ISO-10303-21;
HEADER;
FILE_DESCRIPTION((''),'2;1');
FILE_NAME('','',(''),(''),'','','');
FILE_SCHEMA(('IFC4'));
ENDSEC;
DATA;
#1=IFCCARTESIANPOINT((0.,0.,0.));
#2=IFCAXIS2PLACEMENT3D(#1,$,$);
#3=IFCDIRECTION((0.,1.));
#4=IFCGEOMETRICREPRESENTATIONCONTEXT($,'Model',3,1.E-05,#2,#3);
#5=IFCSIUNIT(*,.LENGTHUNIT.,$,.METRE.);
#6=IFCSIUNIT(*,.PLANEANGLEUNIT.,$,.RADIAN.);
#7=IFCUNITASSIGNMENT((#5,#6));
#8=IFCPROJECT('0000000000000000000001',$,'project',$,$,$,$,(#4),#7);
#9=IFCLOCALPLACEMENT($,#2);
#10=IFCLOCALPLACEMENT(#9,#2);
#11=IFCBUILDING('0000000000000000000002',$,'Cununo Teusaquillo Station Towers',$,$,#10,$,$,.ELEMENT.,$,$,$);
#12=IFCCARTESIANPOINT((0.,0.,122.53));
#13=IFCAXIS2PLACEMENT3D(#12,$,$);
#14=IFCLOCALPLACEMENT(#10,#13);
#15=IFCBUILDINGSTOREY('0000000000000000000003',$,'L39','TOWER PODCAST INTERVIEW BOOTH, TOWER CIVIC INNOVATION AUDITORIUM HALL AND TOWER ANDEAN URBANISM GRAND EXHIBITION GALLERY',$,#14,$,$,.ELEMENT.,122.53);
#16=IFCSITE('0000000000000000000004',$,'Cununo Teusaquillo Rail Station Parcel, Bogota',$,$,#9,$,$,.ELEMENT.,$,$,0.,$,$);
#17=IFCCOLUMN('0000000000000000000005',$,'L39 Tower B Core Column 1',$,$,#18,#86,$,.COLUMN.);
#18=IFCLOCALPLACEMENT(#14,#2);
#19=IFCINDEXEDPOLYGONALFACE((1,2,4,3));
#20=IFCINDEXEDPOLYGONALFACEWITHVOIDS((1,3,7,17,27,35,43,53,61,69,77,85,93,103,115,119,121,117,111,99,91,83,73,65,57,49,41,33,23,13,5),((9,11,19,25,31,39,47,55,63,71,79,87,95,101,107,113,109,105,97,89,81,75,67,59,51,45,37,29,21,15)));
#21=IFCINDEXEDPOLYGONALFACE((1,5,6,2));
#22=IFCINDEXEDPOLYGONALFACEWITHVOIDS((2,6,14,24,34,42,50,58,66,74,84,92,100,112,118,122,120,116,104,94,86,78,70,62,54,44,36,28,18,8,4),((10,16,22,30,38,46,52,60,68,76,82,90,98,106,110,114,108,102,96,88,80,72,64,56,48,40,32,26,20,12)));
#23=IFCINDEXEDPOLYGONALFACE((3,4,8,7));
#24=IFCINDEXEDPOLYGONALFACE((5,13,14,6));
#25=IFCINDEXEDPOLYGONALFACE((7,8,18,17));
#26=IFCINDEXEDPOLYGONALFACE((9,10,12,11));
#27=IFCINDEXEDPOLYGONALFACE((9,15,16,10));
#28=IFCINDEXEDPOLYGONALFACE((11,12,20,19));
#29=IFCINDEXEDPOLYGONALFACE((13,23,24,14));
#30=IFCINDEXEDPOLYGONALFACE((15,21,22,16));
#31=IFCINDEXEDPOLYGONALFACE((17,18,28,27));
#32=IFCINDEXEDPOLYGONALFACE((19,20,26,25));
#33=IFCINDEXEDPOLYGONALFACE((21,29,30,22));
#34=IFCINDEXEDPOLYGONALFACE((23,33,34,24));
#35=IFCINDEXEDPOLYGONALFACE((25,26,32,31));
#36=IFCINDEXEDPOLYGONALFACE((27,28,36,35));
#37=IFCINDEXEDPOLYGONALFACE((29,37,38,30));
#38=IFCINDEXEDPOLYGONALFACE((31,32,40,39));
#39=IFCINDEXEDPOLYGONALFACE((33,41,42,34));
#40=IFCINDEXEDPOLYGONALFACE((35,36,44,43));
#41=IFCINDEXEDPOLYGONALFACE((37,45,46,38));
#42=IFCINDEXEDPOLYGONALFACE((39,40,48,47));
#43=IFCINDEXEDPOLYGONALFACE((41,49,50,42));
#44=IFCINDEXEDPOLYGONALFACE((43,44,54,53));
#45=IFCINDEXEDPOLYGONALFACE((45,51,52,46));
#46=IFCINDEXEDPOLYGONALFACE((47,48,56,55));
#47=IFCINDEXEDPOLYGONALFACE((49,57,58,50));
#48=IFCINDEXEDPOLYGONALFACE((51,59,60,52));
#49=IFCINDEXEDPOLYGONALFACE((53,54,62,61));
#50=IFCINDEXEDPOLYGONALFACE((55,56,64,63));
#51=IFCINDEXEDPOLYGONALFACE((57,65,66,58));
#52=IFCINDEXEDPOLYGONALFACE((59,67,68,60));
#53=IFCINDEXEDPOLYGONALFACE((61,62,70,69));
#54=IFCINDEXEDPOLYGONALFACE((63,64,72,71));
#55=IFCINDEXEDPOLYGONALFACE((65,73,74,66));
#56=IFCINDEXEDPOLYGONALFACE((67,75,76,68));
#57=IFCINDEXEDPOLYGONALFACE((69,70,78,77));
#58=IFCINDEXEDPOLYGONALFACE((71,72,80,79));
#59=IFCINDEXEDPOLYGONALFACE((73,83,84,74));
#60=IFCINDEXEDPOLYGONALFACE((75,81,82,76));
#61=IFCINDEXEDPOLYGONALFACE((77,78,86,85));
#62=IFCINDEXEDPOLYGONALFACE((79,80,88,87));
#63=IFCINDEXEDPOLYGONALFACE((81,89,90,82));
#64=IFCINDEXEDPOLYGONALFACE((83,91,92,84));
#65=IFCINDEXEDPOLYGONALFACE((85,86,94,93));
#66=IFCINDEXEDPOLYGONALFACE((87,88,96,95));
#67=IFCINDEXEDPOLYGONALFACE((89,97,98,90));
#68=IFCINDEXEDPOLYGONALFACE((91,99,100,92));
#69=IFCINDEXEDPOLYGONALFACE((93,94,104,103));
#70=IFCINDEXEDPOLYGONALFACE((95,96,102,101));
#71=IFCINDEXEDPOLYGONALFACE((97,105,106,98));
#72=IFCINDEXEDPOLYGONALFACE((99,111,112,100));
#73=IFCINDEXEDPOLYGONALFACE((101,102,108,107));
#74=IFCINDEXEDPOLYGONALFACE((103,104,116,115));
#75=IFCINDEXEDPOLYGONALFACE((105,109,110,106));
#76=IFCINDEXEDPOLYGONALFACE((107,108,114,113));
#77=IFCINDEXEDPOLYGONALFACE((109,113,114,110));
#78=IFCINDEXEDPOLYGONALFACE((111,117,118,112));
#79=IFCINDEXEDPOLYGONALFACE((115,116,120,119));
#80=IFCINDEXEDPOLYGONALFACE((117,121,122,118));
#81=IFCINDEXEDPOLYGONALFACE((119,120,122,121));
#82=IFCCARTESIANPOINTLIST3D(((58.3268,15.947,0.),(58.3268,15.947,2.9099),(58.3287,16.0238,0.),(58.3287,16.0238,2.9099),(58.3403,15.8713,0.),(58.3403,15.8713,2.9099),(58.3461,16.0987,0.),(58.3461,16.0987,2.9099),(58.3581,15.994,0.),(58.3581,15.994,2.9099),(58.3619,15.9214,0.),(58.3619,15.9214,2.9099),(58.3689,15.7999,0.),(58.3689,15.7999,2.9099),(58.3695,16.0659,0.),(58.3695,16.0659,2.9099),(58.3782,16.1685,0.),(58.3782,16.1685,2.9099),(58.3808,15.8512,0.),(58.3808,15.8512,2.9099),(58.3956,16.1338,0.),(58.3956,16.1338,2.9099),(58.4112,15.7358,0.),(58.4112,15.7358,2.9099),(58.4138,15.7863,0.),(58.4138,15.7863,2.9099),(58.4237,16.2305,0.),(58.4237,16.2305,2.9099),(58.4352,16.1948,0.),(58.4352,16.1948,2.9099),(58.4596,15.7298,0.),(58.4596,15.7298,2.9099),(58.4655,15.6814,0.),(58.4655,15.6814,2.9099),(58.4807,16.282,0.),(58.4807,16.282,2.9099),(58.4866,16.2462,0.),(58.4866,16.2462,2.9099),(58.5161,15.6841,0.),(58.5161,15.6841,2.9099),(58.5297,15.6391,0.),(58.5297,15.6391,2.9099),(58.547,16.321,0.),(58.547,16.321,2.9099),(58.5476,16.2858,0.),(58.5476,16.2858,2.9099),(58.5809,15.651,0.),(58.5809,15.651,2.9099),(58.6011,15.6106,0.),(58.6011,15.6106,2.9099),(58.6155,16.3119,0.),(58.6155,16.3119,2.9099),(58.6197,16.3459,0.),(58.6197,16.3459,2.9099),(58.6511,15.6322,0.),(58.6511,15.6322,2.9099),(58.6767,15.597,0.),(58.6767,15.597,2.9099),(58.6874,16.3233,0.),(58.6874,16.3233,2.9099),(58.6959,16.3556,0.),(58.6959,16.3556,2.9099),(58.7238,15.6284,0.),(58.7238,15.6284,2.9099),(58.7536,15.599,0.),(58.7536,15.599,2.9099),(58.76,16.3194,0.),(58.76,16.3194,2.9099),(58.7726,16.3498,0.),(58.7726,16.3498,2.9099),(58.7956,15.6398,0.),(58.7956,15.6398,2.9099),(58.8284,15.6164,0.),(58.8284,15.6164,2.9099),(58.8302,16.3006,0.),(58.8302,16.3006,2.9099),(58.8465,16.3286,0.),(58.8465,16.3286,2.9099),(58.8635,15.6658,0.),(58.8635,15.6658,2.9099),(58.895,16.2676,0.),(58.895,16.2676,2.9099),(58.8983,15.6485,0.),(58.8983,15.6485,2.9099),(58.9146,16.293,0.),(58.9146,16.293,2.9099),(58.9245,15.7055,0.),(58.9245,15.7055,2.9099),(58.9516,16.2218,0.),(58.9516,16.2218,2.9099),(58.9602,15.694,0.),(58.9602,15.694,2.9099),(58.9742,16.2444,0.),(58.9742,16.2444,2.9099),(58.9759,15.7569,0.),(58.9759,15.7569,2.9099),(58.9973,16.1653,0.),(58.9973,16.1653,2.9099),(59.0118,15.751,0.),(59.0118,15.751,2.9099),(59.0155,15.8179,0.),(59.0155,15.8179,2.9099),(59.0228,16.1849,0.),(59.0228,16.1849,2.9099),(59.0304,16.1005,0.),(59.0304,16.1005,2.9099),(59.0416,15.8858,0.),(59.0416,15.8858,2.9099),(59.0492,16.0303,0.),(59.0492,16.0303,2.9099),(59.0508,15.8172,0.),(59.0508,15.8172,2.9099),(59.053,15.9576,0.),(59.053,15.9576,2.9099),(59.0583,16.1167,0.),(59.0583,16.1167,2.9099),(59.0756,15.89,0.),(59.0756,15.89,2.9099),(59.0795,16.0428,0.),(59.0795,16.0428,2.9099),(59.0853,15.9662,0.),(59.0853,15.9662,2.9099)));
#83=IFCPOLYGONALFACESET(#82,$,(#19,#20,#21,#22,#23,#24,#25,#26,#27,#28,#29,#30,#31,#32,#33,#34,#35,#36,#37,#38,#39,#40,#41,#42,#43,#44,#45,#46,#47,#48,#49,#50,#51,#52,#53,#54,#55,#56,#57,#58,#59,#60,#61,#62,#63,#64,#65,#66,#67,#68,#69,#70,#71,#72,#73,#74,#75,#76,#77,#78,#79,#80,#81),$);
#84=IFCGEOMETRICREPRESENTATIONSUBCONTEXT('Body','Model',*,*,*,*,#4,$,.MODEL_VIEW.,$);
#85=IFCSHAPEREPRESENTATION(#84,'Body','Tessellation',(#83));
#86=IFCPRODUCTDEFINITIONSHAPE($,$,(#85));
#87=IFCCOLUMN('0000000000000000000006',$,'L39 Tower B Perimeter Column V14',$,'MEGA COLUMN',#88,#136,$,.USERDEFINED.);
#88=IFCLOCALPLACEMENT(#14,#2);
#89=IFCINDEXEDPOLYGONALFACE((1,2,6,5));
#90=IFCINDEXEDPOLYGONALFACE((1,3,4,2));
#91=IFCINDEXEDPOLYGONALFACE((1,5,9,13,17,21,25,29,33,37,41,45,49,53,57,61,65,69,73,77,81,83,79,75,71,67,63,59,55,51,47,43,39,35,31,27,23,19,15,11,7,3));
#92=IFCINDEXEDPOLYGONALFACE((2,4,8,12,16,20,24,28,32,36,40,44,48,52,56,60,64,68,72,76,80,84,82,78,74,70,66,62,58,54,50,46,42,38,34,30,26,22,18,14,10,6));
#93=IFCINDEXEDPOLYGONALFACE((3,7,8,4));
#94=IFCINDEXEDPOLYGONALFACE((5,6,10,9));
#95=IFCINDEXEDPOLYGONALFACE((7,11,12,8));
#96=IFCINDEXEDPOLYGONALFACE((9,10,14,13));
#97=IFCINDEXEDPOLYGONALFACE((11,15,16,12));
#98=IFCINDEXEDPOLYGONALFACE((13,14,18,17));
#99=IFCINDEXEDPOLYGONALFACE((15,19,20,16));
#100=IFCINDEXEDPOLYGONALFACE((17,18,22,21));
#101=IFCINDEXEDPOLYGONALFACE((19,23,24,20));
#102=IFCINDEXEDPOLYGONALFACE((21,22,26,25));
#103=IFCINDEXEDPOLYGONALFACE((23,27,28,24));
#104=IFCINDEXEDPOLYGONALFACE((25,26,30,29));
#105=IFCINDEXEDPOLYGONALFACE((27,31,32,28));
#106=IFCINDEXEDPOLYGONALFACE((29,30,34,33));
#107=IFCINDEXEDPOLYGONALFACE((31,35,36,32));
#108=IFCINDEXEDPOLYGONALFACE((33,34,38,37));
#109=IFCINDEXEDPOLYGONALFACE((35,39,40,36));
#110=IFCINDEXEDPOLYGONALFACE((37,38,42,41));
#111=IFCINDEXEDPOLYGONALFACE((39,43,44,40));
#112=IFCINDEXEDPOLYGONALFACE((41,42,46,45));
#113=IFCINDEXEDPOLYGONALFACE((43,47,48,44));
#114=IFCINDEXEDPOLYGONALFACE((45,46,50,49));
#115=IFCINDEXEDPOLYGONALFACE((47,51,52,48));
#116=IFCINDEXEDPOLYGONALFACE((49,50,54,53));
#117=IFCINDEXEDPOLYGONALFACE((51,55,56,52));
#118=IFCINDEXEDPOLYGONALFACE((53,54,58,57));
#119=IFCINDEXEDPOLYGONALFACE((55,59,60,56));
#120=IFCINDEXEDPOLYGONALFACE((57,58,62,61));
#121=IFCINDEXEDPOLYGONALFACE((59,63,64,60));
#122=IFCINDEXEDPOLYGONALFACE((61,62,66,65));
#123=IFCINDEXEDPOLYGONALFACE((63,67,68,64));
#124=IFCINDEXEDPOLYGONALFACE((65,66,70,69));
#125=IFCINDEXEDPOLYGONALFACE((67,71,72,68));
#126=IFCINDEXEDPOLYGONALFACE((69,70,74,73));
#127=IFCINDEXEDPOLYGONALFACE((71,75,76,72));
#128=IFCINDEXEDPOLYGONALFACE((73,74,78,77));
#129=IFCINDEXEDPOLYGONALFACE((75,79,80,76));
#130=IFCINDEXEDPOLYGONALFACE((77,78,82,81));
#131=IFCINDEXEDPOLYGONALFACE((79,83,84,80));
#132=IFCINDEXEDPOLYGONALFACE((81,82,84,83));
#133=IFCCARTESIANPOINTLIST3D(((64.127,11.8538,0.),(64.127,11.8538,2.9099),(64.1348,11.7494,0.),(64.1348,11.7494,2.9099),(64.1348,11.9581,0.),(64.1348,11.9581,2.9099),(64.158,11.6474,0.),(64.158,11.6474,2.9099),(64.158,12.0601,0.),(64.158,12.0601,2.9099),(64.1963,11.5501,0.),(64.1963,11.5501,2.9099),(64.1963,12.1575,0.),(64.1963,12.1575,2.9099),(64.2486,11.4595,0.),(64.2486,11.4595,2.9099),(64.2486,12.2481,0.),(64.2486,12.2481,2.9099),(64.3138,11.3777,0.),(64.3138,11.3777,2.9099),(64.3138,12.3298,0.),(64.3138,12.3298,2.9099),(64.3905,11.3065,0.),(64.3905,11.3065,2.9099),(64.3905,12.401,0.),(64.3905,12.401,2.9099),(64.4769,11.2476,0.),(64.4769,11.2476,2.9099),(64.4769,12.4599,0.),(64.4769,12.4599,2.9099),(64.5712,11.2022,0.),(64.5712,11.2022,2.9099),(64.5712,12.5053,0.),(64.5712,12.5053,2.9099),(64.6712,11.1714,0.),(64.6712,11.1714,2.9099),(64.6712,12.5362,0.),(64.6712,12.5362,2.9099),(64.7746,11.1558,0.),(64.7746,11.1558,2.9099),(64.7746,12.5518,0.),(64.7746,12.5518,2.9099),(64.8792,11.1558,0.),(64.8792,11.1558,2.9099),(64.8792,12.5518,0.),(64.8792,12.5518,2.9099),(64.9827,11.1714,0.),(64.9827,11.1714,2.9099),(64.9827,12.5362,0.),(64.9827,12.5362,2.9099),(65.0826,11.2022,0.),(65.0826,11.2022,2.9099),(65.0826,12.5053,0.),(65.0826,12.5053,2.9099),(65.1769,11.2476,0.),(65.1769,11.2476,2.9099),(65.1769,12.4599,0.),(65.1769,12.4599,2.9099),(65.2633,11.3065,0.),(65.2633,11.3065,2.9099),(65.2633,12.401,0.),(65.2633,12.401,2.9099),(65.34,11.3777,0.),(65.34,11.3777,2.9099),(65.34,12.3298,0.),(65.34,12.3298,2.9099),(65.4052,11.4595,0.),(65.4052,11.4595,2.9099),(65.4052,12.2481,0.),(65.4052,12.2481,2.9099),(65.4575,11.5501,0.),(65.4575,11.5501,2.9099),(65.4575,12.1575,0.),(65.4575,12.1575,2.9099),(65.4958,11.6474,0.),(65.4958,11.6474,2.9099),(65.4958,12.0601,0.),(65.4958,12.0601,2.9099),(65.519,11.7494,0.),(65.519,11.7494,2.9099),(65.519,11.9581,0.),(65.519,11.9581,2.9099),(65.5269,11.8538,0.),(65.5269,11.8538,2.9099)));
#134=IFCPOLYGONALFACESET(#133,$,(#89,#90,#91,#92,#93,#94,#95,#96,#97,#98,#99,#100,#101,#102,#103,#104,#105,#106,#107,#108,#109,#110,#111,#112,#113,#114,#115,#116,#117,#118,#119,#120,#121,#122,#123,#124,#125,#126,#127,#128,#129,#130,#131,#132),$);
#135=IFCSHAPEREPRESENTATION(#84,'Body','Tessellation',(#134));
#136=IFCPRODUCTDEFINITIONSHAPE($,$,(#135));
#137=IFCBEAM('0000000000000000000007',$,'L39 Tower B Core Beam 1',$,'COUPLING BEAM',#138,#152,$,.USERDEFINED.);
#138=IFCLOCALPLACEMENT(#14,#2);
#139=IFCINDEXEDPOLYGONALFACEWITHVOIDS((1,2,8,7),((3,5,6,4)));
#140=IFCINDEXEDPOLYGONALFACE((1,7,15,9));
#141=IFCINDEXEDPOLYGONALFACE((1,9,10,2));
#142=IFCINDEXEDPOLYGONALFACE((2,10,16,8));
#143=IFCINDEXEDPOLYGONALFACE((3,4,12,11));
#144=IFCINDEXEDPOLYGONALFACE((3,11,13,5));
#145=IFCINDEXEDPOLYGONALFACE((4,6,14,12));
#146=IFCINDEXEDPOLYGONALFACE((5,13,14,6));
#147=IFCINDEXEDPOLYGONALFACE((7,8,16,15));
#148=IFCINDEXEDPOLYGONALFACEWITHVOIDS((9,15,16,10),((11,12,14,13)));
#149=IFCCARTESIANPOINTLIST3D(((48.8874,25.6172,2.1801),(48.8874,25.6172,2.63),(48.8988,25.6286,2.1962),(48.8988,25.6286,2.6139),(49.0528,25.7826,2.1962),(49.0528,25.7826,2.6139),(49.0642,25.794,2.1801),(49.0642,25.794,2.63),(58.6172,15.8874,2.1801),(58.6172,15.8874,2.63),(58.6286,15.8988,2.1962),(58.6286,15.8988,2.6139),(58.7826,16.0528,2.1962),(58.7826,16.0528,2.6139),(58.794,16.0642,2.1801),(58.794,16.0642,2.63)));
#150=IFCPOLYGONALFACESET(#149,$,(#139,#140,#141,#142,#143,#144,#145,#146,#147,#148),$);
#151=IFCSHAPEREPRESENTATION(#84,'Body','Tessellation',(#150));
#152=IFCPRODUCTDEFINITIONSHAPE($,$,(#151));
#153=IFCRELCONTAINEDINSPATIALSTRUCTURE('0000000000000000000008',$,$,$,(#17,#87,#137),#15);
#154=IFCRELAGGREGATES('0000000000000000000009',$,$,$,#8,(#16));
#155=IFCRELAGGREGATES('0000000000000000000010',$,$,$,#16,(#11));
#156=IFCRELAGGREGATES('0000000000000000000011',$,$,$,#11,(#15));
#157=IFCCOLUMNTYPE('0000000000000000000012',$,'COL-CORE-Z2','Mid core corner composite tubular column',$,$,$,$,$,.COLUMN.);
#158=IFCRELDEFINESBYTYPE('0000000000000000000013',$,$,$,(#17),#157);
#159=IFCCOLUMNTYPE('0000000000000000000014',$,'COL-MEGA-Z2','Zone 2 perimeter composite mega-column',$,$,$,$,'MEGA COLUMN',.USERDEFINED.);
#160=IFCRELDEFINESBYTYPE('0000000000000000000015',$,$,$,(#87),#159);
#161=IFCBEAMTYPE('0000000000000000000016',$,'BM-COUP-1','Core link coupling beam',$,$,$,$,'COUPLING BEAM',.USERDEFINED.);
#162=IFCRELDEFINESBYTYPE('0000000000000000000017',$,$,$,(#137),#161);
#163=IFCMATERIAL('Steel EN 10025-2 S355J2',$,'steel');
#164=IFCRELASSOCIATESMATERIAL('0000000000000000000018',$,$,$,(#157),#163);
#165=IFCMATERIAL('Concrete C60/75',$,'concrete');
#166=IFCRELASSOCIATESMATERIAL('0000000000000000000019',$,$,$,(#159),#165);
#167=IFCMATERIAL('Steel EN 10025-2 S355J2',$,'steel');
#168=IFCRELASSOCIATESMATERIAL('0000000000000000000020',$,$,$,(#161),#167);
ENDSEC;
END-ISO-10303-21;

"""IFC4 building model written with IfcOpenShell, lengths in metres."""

from ifc_helpers import new_model, si_unit, direction, frame, origin, origin_2d, place, context, subcontext, project, spatial, hollow_rectangle, circle, hollow_circle, extrude, material, material_profile, profile_set, type_object, element, save


model = new_model("IFC4")

# Units and contexts
model_context = context("Model", 3, precision=1e-05, world=origin(), true_north=direction((0.0, 1.0)))
body_context = subcontext(model_context, "Body", "Model", "MODEL_VIEW")
ifc_project = project(units=[si_unit("LENGTHUNIT", "METRE"), si_unit("PLANEANGLEUNIT", "RADIAN")], contexts=[model_context])

# Site, building, storey
site_placement = place(None, origin())
site = spatial("IfcSite", under=ifc_project, at=site_placement, Name="Cununo Teusaquillo Rail Station Parcel, Bogota", CompositionType="ELEMENT", RefElevation=0.0)
building_placement = place(site_placement, origin())
building = spatial("IfcBuilding", under=site, at=building_placement, Name="Cununo Teusaquillo Station Towers", CompositionType="ELEMENT")
storey_placement = place(building_placement, frame((0.0, 0.0, 122.53)))
storey = spatial("IfcBuildingStorey", under=building, at=storey_placement, Name="L39", Description="TOWER PODCAST INTERVIEW BOOTH, TOWER CIVIC INNOVATION AUDITORIUM HALL AND TOWER ANDEAN URBANISM GRAND EXHIBITION GALLERY", CompositionType="ELEMENT", Elevation=122.53)

# Columns
ifc_material_1 = material(Name="Steel EN 10025-2 S355J2", Category="steel")
ifc_material_profile_1 = material_profile(ifc_material_1, hollow_circle(Radius=0.3799, WallThickness=0.032, at=origin_2d()), Name="CHS 760x32")
ifc_profile_set_1 = profile_set([ifc_material_profile_1], Name="Steel EN 10025-2 S355J2")
column_type_1 = type_object("IfcColumnType", Name="COL-CORE-Z2", Description="Mid core corner composite tubular column", PredefinedType="COLUMN", material=ifc_profile_set_1)
column_1_placement = place(storey_placement, frame((58.7056, 15.9758, 0.0), z_axis=(0.0, 0.0, 1.0), x_axis=(0.707107, 0.707107, 0.0)))
element("IfcColumn", 1, at=column_1_placement, inside=storey, type_object=column_type_1, Name="L39 Tower B Core Column 1", PredefinedType="COLUMN", context=body_context, shape_type="SweptSolid", body=[
    extrude(hollow_circle(Radius=0.3799, WallThickness=0.032, at=origin_2d()), origin(), (0.0, 0.0, 1.0), 2.9099),
])
ifc_material_2 = material(Name="Concrete C60/75", Category="concrete")
ifc_material_profile_2 = material_profile(ifc_material_2, circle(Radius=0.7, at=origin_2d()), Name="RC-CIRC-1400")
ifc_profile_set_2 = profile_set([ifc_material_profile_2], Name="Concrete C60/75")
column_type_2 = type_object("IfcColumnType", Name="COL-MEGA-Z2", Description="Zone 2 perimeter composite mega-column", ElementType="MEGA COLUMN", PredefinedType="USERDEFINED", material=ifc_profile_set_2)
column_2_placement = place(storey_placement, frame((64.8269, 11.8538, 0.0), z_axis=(0.0, 0.0, 1.0), x_axis=(1.0, 0.0, 0.0)))
element("IfcColumn", 2, at=column_2_placement, inside=storey, type_object=column_type_2, Name="L39 Tower B Perimeter Column V14", ObjectType="MEGA COLUMN", PredefinedType="USERDEFINED", context=body_context, shape_type="SweptSolid", body=[
    extrude(circle(Radius=0.7, at=origin_2d()), origin(), (0.0, 0.0, 1.0), 2.9099),
])

# Beam
ifc_material_3 = material(Name="Steel EN 10025-2 S355J2", Category="steel")
ifc_material_profile_3 = material_profile(ifc_material_3, hollow_rectangle(XDim=0.25, YDim=0.45, WallThickness=0.0161, at=origin_2d()), Name="RHS 450x250x16")
ifc_profile_set_3 = profile_set([ifc_material_profile_3], Name="Steel EN 10025-2 S355J2")
beam_type_1 = type_object("IfcBeamType", Name="BM-COUP-1", Description="Core link coupling beam", ElementType="COUPLING BEAM", PredefinedType="USERDEFINED", material=ifc_profile_set_3)
beam_1_placement = place(storey_placement, frame((58.7056, 15.9758, 2.405), z_axis=(-0.707107, 0.707107, 0.0), x_axis=(-0.707107, -0.707107, 0.0)))
element("IfcBeam", 3, at=beam_1_placement, inside=storey, type_object=beam_type_1, Name="L39 Tower B Core Beam 1", ObjectType="COUPLING BEAM", PredefinedType="USERDEFINED", context=body_context, shape_type="SweptSolid", body=[
    extrude(hollow_rectangle(XDim=0.25, YDim=0.45, WallThickness=0.0161, at=origin_2d()), origin(), (0.0, 0.0, 1.0), 13.76),
])

save(model, "model.ifc")
